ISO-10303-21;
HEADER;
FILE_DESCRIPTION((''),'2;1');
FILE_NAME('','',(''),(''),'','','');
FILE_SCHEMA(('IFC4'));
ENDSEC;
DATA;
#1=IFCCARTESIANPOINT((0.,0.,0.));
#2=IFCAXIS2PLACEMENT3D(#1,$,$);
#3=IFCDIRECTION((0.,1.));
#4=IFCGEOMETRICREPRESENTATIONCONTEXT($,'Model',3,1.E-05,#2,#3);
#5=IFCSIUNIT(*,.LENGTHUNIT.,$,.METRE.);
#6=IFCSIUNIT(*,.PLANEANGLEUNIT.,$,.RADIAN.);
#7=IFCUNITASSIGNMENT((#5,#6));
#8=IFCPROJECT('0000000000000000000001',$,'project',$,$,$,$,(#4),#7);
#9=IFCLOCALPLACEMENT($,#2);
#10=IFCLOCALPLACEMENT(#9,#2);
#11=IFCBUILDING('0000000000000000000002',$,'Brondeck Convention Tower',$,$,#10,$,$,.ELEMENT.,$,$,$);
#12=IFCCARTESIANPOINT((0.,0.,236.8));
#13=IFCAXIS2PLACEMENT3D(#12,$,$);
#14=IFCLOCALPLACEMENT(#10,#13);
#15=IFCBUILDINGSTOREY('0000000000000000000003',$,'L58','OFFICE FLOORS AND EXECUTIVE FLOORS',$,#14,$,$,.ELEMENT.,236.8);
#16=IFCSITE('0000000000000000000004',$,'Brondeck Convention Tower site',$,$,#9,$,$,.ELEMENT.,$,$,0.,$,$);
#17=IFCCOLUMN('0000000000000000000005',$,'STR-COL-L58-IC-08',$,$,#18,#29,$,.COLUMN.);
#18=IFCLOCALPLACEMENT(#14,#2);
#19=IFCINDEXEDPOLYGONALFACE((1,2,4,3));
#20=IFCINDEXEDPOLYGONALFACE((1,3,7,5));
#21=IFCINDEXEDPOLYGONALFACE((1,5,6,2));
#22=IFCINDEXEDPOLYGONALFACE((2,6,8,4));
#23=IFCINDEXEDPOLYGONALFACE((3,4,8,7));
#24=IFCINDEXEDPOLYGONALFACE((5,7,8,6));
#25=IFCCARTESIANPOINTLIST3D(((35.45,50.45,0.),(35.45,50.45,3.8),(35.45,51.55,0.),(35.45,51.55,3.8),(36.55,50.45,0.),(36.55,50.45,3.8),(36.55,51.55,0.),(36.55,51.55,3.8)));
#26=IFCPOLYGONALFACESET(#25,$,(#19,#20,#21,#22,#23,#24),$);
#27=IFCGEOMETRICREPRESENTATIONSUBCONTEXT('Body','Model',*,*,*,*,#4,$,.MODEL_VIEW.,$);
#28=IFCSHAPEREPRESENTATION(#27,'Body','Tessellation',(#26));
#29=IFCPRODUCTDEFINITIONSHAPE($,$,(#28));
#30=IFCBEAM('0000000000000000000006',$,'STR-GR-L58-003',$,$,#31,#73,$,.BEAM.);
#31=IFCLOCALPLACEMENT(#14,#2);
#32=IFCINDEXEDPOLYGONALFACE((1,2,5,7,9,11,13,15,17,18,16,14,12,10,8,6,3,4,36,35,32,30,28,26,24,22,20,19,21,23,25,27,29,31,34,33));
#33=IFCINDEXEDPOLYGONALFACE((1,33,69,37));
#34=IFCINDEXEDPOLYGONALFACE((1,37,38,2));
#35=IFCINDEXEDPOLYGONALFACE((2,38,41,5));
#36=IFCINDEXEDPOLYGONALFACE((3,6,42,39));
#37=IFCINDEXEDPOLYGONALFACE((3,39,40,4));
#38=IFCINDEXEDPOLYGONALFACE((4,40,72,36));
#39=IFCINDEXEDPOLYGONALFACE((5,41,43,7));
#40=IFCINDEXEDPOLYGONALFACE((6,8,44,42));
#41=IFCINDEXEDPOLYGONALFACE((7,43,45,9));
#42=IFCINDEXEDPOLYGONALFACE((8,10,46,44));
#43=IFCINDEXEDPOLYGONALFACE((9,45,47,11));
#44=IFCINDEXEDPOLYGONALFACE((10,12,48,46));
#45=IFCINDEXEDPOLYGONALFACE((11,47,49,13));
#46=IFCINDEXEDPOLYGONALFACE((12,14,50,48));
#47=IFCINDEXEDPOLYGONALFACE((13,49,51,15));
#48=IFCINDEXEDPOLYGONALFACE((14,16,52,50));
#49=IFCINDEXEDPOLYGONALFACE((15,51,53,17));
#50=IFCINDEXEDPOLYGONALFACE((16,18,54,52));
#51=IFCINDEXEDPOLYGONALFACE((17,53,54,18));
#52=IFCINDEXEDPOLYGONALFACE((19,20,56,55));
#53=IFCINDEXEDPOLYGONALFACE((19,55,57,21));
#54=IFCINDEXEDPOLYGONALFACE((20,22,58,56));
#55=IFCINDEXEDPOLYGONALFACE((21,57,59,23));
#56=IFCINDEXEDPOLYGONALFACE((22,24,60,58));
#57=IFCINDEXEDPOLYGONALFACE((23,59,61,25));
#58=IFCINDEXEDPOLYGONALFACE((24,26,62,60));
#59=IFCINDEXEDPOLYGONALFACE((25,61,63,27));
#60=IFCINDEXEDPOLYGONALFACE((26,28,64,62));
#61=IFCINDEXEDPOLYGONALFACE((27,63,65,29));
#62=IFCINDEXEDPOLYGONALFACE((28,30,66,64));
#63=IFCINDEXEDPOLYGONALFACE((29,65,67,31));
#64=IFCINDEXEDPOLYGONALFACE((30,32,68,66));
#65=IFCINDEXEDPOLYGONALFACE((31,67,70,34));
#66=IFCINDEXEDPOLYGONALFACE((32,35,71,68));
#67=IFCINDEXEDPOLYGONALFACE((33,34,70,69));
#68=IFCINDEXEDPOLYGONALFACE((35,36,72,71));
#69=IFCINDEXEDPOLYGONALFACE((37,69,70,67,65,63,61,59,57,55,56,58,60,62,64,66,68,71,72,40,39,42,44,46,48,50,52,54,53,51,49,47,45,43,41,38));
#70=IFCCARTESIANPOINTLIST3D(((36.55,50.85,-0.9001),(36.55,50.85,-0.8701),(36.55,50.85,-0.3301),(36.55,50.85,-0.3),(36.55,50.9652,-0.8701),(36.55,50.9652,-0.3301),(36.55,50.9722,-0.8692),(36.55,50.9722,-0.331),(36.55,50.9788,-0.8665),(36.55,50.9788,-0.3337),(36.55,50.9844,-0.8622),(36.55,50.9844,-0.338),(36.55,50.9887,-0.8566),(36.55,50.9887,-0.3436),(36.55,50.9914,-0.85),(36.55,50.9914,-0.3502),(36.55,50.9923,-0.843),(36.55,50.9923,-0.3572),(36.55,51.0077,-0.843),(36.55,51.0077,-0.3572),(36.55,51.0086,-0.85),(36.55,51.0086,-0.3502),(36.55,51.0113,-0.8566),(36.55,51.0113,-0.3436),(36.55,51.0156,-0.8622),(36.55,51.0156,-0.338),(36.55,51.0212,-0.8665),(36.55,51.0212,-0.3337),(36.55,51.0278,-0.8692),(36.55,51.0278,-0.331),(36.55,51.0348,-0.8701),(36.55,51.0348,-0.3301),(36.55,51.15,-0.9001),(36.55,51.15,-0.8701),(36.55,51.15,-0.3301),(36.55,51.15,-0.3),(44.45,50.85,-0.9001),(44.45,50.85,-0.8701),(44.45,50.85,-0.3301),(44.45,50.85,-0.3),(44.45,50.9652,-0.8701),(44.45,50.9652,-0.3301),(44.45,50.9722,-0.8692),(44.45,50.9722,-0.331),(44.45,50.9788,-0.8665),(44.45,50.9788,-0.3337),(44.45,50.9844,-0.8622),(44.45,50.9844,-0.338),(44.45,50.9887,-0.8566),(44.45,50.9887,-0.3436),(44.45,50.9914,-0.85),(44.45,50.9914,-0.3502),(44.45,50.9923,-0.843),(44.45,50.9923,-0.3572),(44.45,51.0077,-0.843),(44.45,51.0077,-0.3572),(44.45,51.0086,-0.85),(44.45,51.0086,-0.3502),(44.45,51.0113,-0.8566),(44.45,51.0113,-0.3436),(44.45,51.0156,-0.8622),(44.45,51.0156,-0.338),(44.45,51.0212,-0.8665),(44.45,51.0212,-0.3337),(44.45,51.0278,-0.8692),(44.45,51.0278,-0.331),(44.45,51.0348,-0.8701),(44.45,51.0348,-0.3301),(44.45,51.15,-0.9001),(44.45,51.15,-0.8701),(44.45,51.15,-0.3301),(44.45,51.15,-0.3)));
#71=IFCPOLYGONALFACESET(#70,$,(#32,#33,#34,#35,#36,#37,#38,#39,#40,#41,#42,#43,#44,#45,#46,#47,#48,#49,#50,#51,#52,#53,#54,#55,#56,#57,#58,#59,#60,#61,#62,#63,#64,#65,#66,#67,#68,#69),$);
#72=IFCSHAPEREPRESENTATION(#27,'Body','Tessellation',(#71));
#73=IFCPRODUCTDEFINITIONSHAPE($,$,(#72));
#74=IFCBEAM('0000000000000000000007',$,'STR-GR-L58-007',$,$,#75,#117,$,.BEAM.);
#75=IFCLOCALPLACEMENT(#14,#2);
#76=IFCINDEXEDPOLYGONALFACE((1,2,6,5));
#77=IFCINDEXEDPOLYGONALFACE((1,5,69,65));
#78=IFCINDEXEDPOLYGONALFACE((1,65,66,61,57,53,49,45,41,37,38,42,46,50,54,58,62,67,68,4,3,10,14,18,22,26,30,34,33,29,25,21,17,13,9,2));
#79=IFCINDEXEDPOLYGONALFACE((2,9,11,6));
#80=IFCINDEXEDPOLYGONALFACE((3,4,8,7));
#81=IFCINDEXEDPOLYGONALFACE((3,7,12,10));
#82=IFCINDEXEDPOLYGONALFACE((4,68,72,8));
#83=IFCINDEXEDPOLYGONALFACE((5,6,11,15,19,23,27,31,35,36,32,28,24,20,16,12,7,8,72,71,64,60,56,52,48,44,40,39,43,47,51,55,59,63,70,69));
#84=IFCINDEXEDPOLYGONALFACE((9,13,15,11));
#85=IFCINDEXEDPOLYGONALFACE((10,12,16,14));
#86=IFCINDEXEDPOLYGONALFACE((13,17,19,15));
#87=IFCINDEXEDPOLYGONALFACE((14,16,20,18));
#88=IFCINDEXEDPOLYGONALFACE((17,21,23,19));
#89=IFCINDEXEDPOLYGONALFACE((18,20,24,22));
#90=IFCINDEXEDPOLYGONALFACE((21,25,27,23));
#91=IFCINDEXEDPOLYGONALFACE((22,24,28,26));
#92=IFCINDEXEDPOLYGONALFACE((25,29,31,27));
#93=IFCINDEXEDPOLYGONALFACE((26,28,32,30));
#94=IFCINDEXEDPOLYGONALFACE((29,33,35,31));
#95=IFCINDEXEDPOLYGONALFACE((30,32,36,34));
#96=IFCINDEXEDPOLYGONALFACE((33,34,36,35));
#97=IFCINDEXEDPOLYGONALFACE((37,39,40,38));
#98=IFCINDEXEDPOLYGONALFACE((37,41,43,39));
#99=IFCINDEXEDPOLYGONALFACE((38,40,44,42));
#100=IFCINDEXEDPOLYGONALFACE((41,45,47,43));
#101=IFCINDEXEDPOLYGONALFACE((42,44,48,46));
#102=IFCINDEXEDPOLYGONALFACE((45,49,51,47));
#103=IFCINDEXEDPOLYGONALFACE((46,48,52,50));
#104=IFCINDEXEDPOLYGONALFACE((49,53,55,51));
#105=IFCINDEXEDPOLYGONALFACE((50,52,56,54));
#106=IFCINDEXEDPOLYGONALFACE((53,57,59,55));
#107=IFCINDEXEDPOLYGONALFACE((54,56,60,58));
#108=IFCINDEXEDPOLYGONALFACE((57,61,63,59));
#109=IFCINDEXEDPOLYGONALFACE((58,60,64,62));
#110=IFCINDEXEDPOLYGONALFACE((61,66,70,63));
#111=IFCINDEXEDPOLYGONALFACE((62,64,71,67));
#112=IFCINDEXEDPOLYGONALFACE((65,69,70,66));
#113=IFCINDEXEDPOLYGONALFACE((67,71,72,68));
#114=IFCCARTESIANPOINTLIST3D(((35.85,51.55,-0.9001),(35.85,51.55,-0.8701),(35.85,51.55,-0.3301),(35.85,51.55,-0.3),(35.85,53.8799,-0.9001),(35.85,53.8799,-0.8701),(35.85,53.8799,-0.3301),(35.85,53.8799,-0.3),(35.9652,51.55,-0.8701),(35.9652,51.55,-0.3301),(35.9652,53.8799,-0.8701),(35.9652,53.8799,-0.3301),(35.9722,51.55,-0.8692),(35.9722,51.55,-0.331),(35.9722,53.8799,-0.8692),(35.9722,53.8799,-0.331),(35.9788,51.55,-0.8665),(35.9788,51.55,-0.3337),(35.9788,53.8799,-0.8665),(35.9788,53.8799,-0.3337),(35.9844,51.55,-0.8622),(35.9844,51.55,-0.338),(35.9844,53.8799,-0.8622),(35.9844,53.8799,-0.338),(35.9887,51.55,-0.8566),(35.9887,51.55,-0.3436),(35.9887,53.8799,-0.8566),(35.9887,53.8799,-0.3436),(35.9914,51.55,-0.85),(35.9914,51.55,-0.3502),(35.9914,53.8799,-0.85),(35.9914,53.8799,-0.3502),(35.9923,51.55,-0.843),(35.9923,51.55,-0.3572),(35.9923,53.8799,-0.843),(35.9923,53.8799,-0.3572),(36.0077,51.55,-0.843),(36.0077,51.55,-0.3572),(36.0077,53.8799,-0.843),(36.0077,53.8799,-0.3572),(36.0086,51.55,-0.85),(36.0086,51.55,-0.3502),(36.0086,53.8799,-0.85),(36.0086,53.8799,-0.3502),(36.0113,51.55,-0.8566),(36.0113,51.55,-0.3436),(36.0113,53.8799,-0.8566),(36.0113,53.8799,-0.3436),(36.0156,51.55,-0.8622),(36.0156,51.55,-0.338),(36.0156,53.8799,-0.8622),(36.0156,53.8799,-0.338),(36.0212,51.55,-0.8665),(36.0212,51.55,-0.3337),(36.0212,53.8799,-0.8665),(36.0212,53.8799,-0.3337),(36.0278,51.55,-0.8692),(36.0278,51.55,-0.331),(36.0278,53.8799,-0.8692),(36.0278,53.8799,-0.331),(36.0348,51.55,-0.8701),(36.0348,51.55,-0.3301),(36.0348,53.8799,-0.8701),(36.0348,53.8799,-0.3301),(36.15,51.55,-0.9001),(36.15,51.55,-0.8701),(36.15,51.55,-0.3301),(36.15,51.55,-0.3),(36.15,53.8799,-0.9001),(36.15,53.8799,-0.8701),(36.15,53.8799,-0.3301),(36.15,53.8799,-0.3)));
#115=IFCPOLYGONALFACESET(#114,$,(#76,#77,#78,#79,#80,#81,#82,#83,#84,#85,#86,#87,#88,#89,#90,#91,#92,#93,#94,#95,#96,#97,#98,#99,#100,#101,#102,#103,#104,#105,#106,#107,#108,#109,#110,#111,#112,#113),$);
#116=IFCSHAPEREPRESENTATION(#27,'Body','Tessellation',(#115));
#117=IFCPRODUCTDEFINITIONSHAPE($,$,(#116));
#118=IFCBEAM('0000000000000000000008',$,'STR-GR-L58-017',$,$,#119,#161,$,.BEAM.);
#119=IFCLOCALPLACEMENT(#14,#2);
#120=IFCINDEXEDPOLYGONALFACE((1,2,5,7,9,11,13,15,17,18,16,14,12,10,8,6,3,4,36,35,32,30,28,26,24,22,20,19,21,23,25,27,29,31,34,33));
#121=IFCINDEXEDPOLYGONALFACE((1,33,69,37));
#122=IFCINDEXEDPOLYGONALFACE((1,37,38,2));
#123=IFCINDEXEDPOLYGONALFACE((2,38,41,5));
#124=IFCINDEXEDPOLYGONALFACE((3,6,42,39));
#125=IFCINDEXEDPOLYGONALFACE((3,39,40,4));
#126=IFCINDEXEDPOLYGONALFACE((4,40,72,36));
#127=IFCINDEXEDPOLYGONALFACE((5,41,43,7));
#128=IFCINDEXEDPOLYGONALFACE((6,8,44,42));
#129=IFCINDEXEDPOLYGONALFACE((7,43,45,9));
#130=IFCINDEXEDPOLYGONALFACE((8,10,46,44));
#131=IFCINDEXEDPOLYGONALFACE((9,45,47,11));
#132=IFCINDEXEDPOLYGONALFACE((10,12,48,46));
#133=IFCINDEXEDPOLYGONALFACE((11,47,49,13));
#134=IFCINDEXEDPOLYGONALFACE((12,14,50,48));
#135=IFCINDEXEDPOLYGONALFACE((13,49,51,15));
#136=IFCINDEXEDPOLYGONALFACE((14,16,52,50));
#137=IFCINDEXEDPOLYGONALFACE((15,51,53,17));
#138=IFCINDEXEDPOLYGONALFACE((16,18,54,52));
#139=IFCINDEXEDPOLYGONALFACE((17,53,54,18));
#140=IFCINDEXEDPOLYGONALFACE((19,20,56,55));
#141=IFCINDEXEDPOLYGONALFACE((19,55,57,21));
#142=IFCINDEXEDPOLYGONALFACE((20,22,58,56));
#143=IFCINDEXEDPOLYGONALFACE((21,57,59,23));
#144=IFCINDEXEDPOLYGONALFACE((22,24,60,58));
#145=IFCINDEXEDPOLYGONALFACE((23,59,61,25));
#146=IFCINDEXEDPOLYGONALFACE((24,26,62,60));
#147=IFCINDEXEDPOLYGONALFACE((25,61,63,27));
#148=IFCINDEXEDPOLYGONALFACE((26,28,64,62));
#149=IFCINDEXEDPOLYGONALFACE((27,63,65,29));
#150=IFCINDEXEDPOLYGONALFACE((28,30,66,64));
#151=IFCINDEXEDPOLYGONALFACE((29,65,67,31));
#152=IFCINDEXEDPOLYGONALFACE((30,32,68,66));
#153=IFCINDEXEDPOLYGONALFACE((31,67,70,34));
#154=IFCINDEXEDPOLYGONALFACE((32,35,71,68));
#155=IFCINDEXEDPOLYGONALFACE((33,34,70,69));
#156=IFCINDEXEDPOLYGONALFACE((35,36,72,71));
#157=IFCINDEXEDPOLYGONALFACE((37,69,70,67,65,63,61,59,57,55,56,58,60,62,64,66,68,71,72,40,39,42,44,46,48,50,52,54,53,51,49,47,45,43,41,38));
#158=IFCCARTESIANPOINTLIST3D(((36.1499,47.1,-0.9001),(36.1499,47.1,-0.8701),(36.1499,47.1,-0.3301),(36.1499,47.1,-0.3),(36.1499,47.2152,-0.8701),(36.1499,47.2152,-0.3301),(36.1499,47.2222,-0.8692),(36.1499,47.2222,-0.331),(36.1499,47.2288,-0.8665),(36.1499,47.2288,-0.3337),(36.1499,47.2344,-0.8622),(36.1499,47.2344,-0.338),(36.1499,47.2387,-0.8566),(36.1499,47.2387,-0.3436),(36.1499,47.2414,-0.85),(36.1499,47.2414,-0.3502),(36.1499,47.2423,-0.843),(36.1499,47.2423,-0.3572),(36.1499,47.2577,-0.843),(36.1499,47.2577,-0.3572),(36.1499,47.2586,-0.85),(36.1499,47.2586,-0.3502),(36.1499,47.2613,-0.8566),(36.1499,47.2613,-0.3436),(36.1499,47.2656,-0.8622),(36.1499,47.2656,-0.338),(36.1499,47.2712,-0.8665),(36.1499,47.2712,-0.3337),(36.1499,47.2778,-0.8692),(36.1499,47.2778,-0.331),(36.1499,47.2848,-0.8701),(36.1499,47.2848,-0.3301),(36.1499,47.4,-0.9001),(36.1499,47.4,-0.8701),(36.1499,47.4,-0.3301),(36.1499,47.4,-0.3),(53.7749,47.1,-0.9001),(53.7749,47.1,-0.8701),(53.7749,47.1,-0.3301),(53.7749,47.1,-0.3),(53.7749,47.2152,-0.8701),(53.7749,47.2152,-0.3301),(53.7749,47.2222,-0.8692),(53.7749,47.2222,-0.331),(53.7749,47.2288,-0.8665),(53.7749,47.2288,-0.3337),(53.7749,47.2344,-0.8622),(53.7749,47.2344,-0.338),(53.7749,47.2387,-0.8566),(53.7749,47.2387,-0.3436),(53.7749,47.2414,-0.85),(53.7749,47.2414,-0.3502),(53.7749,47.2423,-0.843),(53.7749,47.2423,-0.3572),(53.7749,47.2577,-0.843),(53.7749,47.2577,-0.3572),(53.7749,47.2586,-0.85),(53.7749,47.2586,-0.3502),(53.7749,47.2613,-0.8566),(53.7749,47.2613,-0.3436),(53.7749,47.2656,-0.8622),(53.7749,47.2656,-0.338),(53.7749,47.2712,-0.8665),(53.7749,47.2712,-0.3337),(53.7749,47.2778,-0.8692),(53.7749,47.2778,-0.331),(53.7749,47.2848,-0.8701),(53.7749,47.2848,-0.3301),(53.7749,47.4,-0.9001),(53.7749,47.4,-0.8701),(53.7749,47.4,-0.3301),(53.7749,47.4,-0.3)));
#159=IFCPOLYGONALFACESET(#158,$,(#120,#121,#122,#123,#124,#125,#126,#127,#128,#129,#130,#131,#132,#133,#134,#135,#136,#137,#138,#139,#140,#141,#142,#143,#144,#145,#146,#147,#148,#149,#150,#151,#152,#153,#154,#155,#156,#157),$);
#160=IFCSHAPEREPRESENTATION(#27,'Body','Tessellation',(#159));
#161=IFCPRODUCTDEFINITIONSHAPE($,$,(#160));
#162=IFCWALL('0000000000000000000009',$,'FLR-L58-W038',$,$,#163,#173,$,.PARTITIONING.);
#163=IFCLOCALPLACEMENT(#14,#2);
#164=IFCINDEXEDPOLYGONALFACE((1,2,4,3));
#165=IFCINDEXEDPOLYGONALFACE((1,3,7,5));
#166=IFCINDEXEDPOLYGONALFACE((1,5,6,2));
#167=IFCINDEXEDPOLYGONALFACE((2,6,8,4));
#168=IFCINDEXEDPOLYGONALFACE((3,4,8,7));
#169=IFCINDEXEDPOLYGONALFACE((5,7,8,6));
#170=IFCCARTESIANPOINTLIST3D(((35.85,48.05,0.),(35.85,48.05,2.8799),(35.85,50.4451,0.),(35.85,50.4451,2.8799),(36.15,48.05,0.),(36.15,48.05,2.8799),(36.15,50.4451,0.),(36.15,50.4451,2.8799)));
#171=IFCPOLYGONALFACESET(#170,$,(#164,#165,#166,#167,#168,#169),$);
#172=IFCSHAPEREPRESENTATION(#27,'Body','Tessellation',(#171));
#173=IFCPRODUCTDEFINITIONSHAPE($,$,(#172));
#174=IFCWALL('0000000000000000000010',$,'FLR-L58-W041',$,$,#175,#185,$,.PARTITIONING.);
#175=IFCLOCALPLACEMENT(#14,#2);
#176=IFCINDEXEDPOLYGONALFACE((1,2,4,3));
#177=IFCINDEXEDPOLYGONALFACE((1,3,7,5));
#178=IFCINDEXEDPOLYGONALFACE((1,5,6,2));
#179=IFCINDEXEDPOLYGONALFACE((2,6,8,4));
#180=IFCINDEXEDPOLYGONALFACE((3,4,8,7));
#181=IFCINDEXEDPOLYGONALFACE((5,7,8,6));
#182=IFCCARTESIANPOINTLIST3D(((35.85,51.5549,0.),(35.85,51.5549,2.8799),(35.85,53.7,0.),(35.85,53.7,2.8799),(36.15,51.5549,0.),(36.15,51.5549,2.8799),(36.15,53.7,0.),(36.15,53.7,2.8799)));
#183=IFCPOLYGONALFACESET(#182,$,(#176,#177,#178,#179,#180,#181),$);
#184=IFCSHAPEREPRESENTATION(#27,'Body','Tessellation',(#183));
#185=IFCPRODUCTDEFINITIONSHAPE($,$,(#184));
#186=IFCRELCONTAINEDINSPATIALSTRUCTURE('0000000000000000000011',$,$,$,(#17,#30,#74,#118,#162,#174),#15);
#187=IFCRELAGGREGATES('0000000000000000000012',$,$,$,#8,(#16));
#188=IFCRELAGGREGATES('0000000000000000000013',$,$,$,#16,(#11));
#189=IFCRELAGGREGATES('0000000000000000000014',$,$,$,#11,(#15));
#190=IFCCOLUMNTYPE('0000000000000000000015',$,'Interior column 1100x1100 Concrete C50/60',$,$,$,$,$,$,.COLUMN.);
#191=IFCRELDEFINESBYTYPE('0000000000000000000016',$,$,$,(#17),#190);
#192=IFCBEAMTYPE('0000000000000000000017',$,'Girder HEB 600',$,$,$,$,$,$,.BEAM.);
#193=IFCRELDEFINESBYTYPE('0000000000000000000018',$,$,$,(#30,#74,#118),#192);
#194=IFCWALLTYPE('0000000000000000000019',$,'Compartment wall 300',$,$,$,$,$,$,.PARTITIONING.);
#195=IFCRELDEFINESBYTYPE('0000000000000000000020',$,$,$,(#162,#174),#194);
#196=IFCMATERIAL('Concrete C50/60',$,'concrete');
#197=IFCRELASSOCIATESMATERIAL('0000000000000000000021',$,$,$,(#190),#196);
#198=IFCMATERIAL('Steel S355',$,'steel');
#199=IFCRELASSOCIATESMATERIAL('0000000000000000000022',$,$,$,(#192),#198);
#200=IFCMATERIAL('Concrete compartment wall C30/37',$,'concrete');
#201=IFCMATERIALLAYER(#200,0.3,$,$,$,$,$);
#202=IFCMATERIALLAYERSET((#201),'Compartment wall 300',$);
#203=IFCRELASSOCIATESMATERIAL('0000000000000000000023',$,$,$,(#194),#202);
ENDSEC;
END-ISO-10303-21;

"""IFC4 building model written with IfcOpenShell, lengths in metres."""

from ifc_helpers import new_model, si_unit, direction, frame, frame_2d, origin, origin_2d, place, context, subcontext, project, spatial, rectangle, i_section, extrude, material, layer, layer_set, material_profile, profile_set, type_object, element, save


model = new_model("IFC4")

# Units and contexts
model_context = context("Model", 3, precision=1e-05, world=origin(), true_north=direction((0.0, 1.0)))
body_context = subcontext(model_context, "Body", "Model", "MODEL_VIEW")
ifc_project = project(units=[si_unit("LENGTHUNIT", "METRE"), si_unit("PLANEANGLEUNIT", "RADIAN")], contexts=[model_context])

# Site, building, storey
site_placement = place(None, origin())
site = spatial("IfcSite", under=ifc_project, at=site_placement, Name="Brondeck Convention Tower site", CompositionType="ELEMENT", RefElevation=0.0)
building_placement = place(site_placement, origin())
building = spatial("IfcBuilding", under=site, at=building_placement, Name="Brondeck Convention Tower", CompositionType="ELEMENT")
storey_placement = place(building_placement, frame((0.0, 0.0, 236.8)))
storey = spatial("IfcBuildingStorey", under=building, at=storey_placement, Name="L58", Description="OFFICE FLOORS AND EXECUTIVE FLOORS", CompositionType="ELEMENT", Elevation=236.8)

# Column
ifc_material_1 = material(Name="Concrete C50/60", Category="concrete")
ifc_material_profile_1 = material_profile(ifc_material_1, rectangle(XDim=1.1001, YDim=1.1001, at=origin_2d()), Name="Interior column 1100x1100 Concrete C50/60")
ifc_profile_set_1 = profile_set([ifc_material_profile_1], Name="Concrete C50/60")
column_type = type_object("IfcColumnType", Name="Interior column 1100x1100 Concrete C50/60", PredefinedType="COLUMN", material=ifc_profile_set_1)
column_placement = place(storey_placement, frame((36.0, 51.0, 0.0), z_axis=(0.0, 0.0, 1.0), x_axis=(1.0, 0.0, 0.0)))
element("IfcColumn", 1, at=column_placement, inside=storey, type_object=column_type, Name="STR-COL-L58-IC-08", PredefinedType="COLUMN", context=body_context, shape_type="SweptSolid", body=[
    extrude(rectangle(XDim=1.1001, YDim=1.1001, at=origin_2d()), origin(), (0.0, 0.0, 1.0), 3.8),
])

# Beams
ifc_material_2 = material(Name="Steel S355", Category="steel")
ifc_material_profile_2 = material_profile(ifc_material_2, i_section(OverallWidth=0.3, OverallDepth=0.6001, WebThickness=0.0154, FlangeThickness=0.03, FilletRadius=0.0271, at=origin_2d()), Name="HEB 600")
ifc_profile_set_2 = profile_set([ifc_material_profile_2], Name="Steel S355")
beam_type = type_object("IfcBeamType", Name="Girder HEB 600", PredefinedType="BEAM", material=ifc_profile_set_2)
beam_1_placement = place(storey_placement, frame((36.55, 51.0, -0.6001), z_axis=(1.0, 0.0, 0.0), x_axis=(0.0, 1.0, 0.0)))
element("IfcBeam", 2, at=beam_1_placement, inside=storey, type_object=beam_type, Name="STR-GR-L58-003", PredefinedType="BEAM", context=body_context, shape_type="SweptSolid", body=[
    extrude(i_section(OverallWidth=0.3, OverallDepth=0.6001, WebThickness=0.0154, FlangeThickness=0.03, FilletRadius=0.0271, at=origin_2d()), origin(), (0.0, 0.0, 1.0), 7.8999),
])
beam_2_placement = place(storey_placement, frame((36.0, 51.55, -0.6001), z_axis=(0.0, 1.0, 0.0), x_axis=(-1.0, 0.0, 0.0)))
element("IfcBeam", 3, at=beam_2_placement, inside=storey, type_object=beam_type, Name="STR-GR-L58-007", PredefinedType="BEAM", context=body_context, shape_type="SweptSolid", body=[
    extrude(i_section(OverallWidth=0.3, OverallDepth=0.6001, WebThickness=0.0154, FlangeThickness=0.03, FilletRadius=0.0271, at=origin_2d()), origin(), (0.0, 0.0, 1.0), 2.3298),
])
beam_3_placement = place(storey_placement, frame((36.1499, 47.25, -0.6001), z_axis=(1.0, 0.0, 0.0), x_axis=(0.0, 1.0, 0.0)))
element("IfcBeam", 4, at=beam_3_placement, inside=storey, type_object=beam_type, Name="STR-GR-L58-017", PredefinedType="BEAM", context=body_context, shape_type="SweptSolid", body=[
    extrude(i_section(OverallWidth=0.3, OverallDepth=0.6001, WebThickness=0.0154, FlangeThickness=0.03, FilletRadius=0.0271, at=origin_2d()), origin(), (0.0, 0.0, 1.0), 17.625),
])

# Walls
ifc_material_3 = material(Name="Concrete compartment wall C30/37", Category="concrete")
ifc_layer_1 = layer(ifc_material_3, 0.3)
ifc_layer_set_1 = layer_set([ifc_layer_1], Name="Compartment wall 300")
wall_type_1 = type_object("IfcWallType", Name="Compartment wall 300", PredefinedType="PARTITIONING", material=ifc_layer_set_1)
wall_1_placement = place(storey_placement, frame((36.0, 48.05, 0.0), z_axis=(0.0, 0.0, 1.0), x_axis=(0.0, 1.0, 0.0)))
element("IfcWall", 5, at=wall_1_placement, inside=storey, type_object=wall_type_1, Name="FLR-L58-W038", PredefinedType="PARTITIONING", context=body_context, shape_type="SweptSolid", body=[
    extrude(rectangle(XDim=2.395, YDim=0.3, at=frame_2d((1.1975, 0.0))), origin(), (0.0, 0.0, 1.0), 2.8799),
])
wall_2_placement = place(storey_placement, frame((36.0, 51.5549, 0.0), z_axis=(0.0, 0.0, 1.0), x_axis=(0.0, 1.0, 0.0)))
element("IfcWall", 6, at=wall_2_placement, inside=storey, type_object=wall_type_1, Name="FLR-L58-W041", PredefinedType="PARTITIONING", context=body_context, shape_type="SweptSolid", body=[
    extrude(rectangle(XDim=2.145, YDim=0.3, at=frame_2d((1.0725, 0.0))), origin(), (0.0, 0.0, 1.0), 2.8799),
])

save(model, "model.ifc")
